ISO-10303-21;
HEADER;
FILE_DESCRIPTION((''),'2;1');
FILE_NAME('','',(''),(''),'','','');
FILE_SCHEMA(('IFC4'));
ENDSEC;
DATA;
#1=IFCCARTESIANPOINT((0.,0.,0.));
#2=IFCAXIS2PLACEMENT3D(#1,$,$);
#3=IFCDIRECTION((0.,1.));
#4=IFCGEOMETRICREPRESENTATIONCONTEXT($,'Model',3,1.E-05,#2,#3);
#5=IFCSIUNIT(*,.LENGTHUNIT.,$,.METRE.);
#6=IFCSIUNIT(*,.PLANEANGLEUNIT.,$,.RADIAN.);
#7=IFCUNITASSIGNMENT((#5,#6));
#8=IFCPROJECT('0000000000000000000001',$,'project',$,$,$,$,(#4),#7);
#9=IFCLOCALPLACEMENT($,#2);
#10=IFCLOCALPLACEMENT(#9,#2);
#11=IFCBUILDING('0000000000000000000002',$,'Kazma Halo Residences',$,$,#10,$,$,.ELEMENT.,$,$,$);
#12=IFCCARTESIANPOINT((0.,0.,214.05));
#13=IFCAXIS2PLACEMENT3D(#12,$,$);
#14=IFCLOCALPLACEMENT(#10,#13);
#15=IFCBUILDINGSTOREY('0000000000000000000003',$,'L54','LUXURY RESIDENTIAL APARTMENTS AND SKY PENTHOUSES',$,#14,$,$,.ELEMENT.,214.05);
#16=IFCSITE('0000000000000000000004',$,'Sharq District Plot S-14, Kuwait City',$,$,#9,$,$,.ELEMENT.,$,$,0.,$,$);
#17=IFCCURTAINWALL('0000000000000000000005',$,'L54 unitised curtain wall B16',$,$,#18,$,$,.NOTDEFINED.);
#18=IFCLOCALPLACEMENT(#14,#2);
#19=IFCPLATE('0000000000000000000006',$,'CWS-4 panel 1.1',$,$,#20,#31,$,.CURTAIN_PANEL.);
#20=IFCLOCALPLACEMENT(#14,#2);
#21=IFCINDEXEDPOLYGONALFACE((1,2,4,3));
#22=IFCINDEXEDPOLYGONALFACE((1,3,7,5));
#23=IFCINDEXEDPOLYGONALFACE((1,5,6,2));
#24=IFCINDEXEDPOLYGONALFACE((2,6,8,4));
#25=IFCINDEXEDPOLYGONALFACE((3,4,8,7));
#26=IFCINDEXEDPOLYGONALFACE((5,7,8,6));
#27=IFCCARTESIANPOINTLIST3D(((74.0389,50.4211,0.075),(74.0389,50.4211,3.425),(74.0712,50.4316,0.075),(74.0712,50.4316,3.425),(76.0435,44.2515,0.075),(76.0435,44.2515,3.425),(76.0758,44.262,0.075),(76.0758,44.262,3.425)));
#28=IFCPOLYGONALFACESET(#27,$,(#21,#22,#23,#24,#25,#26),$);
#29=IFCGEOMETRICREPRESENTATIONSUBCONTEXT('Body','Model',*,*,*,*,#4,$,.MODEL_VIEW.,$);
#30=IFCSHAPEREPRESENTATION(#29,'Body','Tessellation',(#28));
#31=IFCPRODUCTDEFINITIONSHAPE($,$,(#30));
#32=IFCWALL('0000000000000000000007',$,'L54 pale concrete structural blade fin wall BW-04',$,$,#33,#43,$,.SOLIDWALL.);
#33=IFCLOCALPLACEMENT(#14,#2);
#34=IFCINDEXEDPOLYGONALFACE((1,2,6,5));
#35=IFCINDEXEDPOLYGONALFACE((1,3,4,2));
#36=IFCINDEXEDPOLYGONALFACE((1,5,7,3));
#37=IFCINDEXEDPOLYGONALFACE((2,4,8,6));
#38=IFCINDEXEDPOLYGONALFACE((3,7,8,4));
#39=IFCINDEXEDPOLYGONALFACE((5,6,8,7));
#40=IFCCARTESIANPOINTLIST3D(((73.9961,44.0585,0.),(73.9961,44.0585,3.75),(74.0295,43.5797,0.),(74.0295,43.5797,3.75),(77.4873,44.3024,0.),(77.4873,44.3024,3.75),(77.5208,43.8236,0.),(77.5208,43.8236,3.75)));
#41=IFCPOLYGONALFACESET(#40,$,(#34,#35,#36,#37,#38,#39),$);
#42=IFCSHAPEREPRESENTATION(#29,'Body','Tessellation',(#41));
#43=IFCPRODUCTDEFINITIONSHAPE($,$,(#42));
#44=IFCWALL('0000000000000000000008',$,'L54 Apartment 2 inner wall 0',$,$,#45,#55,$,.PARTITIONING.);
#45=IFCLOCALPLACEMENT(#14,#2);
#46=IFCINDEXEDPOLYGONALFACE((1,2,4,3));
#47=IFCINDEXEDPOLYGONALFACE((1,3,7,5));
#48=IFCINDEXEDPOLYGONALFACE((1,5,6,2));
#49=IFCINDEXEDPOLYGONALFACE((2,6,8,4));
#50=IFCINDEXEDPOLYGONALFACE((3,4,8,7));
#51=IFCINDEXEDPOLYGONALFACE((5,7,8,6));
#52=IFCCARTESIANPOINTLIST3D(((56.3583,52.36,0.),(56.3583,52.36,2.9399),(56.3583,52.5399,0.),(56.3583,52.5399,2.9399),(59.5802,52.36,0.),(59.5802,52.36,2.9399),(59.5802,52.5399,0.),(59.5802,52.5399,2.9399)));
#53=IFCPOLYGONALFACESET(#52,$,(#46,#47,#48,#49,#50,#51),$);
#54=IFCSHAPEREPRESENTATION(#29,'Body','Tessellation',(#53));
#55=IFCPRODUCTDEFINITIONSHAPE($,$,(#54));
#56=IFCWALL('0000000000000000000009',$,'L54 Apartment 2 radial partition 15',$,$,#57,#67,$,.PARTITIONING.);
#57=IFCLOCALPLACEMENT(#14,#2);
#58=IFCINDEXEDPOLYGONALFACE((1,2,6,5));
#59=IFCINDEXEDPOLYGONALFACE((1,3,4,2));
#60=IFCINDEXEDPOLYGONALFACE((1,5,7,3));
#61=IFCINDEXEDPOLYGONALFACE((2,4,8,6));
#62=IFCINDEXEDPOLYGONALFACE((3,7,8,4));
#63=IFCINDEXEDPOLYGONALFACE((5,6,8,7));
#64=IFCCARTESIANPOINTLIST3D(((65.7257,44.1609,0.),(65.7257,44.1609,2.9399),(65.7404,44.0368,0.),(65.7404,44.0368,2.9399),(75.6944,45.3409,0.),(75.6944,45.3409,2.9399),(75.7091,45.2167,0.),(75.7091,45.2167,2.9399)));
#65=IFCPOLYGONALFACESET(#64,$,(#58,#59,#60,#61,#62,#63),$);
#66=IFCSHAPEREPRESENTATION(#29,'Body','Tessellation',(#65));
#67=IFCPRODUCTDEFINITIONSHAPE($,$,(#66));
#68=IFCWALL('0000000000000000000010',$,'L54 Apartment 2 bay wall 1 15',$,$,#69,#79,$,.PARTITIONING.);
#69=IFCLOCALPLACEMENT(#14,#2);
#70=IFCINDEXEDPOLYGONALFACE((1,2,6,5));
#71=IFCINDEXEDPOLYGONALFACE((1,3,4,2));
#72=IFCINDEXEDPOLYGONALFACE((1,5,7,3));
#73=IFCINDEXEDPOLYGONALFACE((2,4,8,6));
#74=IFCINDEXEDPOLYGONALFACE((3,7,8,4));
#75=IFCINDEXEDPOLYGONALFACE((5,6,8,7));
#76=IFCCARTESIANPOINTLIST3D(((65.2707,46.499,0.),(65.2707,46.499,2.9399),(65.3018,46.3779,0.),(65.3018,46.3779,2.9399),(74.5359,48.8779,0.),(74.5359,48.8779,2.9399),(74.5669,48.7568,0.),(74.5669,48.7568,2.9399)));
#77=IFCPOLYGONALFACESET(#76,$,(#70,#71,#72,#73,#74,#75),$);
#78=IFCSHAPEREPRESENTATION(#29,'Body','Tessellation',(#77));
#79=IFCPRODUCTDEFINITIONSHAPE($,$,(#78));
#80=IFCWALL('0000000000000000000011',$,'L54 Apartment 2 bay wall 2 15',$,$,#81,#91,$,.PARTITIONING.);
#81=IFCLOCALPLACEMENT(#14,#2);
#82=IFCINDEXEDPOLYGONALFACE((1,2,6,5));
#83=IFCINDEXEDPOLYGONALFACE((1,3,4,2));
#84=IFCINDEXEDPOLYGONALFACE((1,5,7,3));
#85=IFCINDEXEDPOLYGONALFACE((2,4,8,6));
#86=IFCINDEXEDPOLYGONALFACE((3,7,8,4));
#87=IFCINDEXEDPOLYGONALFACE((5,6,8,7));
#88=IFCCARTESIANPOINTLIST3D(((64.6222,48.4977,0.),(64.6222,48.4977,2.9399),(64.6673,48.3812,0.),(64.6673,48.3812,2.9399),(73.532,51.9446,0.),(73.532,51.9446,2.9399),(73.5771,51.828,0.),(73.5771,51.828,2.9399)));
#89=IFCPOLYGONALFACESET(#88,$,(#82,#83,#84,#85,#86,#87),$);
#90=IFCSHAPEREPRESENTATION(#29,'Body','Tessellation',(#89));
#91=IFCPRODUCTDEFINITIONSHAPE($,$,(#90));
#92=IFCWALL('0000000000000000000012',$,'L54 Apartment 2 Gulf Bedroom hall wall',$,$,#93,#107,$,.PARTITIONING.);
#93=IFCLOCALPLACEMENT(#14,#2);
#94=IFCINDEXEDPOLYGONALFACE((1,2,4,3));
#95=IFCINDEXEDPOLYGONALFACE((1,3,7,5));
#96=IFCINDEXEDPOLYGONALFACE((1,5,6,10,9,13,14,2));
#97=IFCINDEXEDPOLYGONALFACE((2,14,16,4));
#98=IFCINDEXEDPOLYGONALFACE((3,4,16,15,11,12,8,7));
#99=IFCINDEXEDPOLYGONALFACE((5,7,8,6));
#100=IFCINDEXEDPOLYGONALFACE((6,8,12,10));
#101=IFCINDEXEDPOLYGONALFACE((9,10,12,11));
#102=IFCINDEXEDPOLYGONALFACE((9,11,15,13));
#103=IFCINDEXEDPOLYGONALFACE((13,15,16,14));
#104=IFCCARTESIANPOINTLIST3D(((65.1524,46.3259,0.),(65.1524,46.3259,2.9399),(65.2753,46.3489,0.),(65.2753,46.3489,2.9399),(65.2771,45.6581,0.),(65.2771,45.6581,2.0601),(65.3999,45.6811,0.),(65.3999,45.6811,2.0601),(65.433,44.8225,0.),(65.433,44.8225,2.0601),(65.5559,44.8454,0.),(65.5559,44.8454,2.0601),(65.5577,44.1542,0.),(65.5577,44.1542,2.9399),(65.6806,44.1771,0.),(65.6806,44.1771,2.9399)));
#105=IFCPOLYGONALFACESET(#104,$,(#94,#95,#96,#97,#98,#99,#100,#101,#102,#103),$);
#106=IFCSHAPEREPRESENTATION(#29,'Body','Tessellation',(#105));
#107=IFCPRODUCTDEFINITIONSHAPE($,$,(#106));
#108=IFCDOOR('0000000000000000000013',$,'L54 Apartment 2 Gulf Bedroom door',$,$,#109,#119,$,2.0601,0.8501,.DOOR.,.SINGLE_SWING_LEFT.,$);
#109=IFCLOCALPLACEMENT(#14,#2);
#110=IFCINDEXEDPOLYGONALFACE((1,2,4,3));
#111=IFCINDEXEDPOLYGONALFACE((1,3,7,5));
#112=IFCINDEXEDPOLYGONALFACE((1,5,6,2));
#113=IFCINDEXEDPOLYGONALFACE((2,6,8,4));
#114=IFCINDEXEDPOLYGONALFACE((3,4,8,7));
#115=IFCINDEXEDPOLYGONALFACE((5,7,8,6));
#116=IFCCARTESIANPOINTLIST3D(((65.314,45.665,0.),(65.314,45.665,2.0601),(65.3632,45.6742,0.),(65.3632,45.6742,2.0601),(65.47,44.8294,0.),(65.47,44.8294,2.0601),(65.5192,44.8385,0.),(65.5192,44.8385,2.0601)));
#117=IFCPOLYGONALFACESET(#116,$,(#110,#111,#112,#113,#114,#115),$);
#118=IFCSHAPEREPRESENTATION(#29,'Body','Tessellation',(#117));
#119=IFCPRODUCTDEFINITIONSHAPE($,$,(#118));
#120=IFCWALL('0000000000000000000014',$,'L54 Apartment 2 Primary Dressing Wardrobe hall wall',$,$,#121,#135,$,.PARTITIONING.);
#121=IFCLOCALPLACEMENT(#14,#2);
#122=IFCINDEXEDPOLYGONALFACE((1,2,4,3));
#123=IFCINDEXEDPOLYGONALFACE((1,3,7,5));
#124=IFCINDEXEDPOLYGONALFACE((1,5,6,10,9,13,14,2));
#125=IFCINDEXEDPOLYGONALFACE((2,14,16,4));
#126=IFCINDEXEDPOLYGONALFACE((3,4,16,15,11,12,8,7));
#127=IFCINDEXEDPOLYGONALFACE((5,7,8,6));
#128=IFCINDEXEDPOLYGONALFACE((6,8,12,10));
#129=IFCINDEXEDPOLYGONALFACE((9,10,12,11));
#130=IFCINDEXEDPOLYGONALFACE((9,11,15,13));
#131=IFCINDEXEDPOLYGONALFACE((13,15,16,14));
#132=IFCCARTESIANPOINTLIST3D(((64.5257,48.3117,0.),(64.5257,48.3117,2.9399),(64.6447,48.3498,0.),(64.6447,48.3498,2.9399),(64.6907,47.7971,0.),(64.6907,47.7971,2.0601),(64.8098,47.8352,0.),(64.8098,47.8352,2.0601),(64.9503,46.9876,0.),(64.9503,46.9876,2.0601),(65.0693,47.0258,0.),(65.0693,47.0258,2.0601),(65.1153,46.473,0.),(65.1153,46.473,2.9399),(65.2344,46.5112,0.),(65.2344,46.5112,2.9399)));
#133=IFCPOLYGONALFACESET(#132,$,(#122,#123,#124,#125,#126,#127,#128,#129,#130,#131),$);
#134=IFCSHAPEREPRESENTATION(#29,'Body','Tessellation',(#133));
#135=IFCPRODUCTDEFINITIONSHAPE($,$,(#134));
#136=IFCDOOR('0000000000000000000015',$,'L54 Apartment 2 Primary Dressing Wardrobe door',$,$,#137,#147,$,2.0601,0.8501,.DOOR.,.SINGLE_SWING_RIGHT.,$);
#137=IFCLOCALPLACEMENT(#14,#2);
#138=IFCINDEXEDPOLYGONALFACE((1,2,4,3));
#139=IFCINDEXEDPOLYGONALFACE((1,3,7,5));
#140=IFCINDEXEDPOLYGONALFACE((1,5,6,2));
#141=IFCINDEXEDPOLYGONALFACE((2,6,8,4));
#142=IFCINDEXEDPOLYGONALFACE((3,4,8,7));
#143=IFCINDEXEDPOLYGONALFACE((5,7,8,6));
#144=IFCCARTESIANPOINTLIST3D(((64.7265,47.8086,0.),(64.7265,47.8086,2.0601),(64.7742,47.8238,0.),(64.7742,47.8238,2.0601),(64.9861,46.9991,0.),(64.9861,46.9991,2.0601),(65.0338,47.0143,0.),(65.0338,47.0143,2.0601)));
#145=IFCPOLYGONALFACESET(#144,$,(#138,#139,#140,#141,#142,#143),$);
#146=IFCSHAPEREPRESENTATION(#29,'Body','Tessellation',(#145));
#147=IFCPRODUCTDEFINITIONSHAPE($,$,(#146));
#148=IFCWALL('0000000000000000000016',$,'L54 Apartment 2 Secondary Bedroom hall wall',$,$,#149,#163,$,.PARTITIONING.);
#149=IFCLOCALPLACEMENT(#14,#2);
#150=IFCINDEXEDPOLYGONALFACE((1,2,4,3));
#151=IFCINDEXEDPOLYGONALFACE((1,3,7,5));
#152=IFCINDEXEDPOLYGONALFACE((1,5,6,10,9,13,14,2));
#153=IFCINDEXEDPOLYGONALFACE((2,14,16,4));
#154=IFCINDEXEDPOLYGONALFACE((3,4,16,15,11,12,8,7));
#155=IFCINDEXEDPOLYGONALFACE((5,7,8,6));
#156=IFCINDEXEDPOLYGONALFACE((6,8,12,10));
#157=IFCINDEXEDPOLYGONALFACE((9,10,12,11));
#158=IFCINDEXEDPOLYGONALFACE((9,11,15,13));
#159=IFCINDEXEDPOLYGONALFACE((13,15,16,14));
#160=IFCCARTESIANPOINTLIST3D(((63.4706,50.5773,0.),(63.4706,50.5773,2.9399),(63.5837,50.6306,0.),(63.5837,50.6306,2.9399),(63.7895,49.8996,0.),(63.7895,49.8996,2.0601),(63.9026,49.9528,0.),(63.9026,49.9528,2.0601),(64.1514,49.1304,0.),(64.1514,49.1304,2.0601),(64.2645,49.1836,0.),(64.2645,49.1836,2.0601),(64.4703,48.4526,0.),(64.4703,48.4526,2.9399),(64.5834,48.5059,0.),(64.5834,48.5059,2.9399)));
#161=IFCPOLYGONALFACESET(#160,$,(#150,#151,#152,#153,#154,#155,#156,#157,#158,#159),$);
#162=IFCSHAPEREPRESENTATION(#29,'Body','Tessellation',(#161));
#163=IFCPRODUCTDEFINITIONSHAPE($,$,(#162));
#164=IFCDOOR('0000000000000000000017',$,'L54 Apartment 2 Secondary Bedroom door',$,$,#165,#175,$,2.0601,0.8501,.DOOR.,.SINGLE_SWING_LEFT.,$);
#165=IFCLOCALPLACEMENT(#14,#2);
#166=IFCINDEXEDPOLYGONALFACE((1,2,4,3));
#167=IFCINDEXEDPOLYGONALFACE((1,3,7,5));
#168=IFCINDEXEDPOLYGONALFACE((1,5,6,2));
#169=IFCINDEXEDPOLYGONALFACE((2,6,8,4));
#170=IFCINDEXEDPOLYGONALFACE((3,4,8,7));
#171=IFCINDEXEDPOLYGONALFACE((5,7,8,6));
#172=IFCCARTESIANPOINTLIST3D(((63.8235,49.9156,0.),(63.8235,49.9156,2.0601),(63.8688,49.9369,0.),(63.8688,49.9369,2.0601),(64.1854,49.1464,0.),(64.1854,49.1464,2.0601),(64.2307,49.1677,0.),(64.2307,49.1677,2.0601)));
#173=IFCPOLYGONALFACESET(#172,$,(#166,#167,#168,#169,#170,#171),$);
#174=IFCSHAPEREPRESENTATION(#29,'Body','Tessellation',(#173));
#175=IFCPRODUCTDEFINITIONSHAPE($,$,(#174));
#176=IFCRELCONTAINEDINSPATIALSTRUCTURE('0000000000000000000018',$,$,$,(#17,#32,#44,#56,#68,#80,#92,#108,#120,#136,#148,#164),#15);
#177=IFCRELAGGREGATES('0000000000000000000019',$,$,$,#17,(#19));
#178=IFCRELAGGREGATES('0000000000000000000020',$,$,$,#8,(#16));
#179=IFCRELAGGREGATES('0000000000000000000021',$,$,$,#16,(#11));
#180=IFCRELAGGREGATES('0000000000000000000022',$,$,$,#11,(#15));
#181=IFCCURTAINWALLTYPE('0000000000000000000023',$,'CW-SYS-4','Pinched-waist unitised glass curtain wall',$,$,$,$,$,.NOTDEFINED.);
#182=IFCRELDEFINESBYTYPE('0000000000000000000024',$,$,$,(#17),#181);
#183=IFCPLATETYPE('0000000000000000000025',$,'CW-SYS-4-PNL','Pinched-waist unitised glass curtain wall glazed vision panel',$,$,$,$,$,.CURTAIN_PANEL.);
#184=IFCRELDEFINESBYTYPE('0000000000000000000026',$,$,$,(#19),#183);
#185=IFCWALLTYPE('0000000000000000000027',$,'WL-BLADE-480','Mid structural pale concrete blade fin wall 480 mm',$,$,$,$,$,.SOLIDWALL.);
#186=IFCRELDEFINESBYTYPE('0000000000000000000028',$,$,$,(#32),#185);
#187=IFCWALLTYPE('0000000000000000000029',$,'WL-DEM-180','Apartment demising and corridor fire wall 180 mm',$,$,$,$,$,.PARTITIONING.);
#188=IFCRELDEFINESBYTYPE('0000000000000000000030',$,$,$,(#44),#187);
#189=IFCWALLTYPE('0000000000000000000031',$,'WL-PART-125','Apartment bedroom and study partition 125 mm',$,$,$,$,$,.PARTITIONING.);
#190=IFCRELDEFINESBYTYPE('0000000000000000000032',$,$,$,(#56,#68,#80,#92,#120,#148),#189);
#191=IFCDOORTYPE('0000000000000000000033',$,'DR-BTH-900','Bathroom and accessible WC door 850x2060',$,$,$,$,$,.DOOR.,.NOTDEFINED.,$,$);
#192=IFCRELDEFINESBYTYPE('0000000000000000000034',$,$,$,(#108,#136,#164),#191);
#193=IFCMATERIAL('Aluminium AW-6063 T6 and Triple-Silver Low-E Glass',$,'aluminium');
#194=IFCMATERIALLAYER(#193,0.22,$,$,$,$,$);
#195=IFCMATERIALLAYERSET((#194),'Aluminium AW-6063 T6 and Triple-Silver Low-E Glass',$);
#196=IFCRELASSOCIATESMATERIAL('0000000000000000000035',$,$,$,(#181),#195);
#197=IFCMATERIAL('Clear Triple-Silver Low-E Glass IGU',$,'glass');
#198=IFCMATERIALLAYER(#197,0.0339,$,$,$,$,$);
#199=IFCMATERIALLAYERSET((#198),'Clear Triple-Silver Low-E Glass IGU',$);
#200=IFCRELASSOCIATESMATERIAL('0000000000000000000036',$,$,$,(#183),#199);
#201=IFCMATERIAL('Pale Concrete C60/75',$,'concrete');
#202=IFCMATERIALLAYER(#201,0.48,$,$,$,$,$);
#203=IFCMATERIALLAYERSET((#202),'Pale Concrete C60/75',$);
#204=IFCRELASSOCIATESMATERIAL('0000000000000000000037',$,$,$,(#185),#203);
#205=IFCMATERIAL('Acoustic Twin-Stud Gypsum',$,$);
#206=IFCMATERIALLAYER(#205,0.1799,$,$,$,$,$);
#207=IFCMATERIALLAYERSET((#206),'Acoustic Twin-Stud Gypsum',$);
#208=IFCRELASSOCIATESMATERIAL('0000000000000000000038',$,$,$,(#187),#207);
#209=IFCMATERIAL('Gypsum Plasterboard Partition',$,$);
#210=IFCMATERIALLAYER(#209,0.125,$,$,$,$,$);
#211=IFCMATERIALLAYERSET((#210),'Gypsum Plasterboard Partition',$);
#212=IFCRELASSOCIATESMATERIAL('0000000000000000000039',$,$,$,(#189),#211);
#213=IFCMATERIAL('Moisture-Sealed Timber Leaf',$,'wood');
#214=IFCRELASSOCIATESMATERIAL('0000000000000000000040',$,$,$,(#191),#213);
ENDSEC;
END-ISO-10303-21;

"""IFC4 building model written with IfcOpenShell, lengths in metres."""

from ifc_helpers import new_model, si_unit, direction, frame, frame_2d, origin, origin_2d, place, context, subcontext, project, spatial, rectangle, extrude, material, layer, layer_set, type_object, element, fill, aggregate, save


model = new_model("IFC4")

# Units and contexts
model_context = context("Model", 3, precision=1e-05, world=origin(), true_north=direction((0.0, 1.0)))
body_context = subcontext(model_context, "Body", "Model", "MODEL_VIEW")
ifc_project = project(units=[si_unit("LENGTHUNIT", "METRE"), si_unit("PLANEANGLEUNIT", "RADIAN")], contexts=[model_context])

# Site, building, storey
site_placement = place(None, origin())
site = spatial("IfcSite", under=ifc_project, at=site_placement, Name="Sharq District Plot S-14, Kuwait City", CompositionType="ELEMENT", RefElevation=0.0)
building_placement = place(site_placement, origin())
building = spatial("IfcBuilding", under=site, at=building_placement, Name="Kazma Halo Residences", CompositionType="ELEMENT")
storey_placement = place(building_placement, frame((0.0, 0.0, 214.05)))
storey = spatial("IfcBuildingStorey", under=building, at=storey_placement, Name="L54", Description="LUXURY RESIDENTIAL APARTMENTS AND SKY PENTHOUSES", CompositionType="ELEMENT", Elevation=214.05)

# Shared definitions
ifc_material_1 = material(Name="Aluminium AW-6063 T6 and Triple-Silver Low-E Glass", Category="aluminium")
ifc_layer_1 = layer(ifc_material_1, 0.22)
ifc_layer_set_1 = layer_set([ifc_layer_1], Name="Aluminium AW-6063 T6 and Triple-Silver Low-E Glass")
curtain_wall_type = type_object("IfcCurtainWallType", Name="CW-SYS-4", Description="Pinched-waist unitised glass curtain wall", PredefinedType="NOTDEFINED", material=ifc_layer_set_1)

# Curtain wall, plate
curtain_wall_1_placement = place(storey_placement, origin())
curtain_wall_1 = element("IfcCurtainWall", 1, at=curtain_wall_1_placement, inside=storey, type_object=curtain_wall_type, Name="L54 unitised curtain wall B16", PredefinedType="NOTDEFINED")
ifc_material_2 = material(Name="Clear Triple-Silver Low-E Glass IGU", Category="glass")
ifc_layer_2 = layer(ifc_material_2, 0.0339)
ifc_layer_set_2 = layer_set([ifc_layer_2], Name="Clear Triple-Silver Low-E Glass IGU")
plate_type = type_object("IfcPlateType", Name="CW-SYS-4-PNL", Description="Pinched-waist unitised glass curtain wall glazed vision panel", PredefinedType="CURTAIN_PANEL", material=ifc_layer_set_2)
plate_placement = place(storey_placement, frame((75.0574, 47.3416, 0.075), z_axis=(0.0, 0.0, 1.0), x_axis=(-0.309016, 0.951057, 0.0)))
plate = element("IfcPlate", 2, at=plate_placement, type_object=plate_type, Name="CWS-4 panel 1.1", PredefinedType="CURTAIN_PANEL", context=body_context, shape_type="SweptSolid", body=[
    extrude(rectangle(XDim=6.4871, YDim=0.0339, at=origin_2d()), origin(), (0.0, 0.0, 1.0), 3.3501),
])
aggregate(curtain_wall_1, [plate])

# Walls
ifc_material_3 = material(Name="Pale Concrete C60/75", Category="concrete")
ifc_layer_3 = layer(ifc_material_3, 0.48)
ifc_layer_set_3 = layer_set([ifc_layer_3], Name="Pale Concrete C60/75")
wall_type_1 = type_object("IfcWallType", Name="WL-BLADE-480", Description="Mid structural pale concrete blade fin wall 480 mm", PredefinedType="SOLIDWALL", material=ifc_layer_set_3)
wall_1_placement = place(storey_placement, frame((74.0127, 43.8191, 0.0), z_axis=(0.0, 0.0, 1.0), x_axis=(0.997569, 0.06969, 0.0)))
element("IfcWall", 3, at=wall_1_placement, inside=storey, type_object=wall_type_1, Name="L54 pale concrete structural blade fin wall BW-04", PredefinedType="SOLIDWALL", context=body_context, shape_type="SweptSolid", body=[
    extrude(rectangle(XDim=3.4998, YDim=0.48, at=frame_2d((1.75, 0.0))), origin(), (0.0, 0.0, 1.0), 3.75),
])
ifc_material_4 = material(Name="Acoustic Twin-Stud Gypsum")
ifc_layer_4 = layer(ifc_material_4, 0.1799)
ifc_layer_set_4 = layer_set([ifc_layer_4], Name="Acoustic Twin-Stud Gypsum")
wall_type_2 = type_object("IfcWallType", Name="WL-DEM-180", Description="Apartment demising and corridor fire wall 180 mm", PredefinedType="PARTITIONING", material=ifc_layer_set_4)
wall_2_placement = place(storey_placement, frame((59.5801, 52.45, 0.0), z_axis=(0.0, 0.0, 1.0), x_axis=(-1.0, 0.0, 0.0)))
element("IfcWall", 4, at=wall_2_placement, inside=storey, type_object=wall_type_2, Name="L54 Apartment 2 inner wall 0", PredefinedType="PARTITIONING", context=body_context, shape_type="SweptSolid", body=[
    extrude(rectangle(XDim=3.2219, YDim=0.1799, at=frame_2d((1.6108, 0.0))), origin(), (0.0, 0.0, 1.0), 2.9399),
])
ifc_material_5 = material(Name="Gypsum Plasterboard Partition")
ifc_layer_5 = layer(ifc_material_5, 0.125)
ifc_layer_set_5 = layer_set([ifc_layer_5], Name="Gypsum Plasterboard Partition")
wall_type_3 = type_object("IfcWallType", Name="WL-PART-125", Description="Apartment bedroom and study partition 125 mm", PredefinedType="PARTITIONING", material=ifc_layer_set_5)
wall_3_placement = place(storey_placement, frame((65.7332, 44.0989, 0.0), z_axis=(0.0, 0.0, 1.0), x_axis=(0.993068, 0.117543, 0.0)))
element("IfcWall", 5, at=wall_3_placement, inside=storey, type_object=wall_type_3, Name="L54 Apartment 2 radial partition 15", PredefinedType="PARTITIONING", context=body_context, shape_type="SweptSolid", body=[
    extrude(rectangle(XDim=10.0383, YDim=0.125, at=frame_2d((5.019, 0.0))), origin(), (0.0, 0.0, 1.0), 2.9399),
])
wall_4_placement = place(storey_placement, frame((65.2864, 46.4385, 0.0), z_axis=(0.0, 0.0, 1.0), x_axis=(0.968583, 0.248692, 0.0)))
element("IfcWall", 6, at=wall_4_placement, inside=storey, type_object=wall_type_3, Name="L54 Apartment 2 bay wall 1 15", PredefinedType="PARTITIONING", context=body_context, shape_type="SweptSolid", body=[
    extrude(rectangle(XDim=9.5657, YDim=0.125, at=frame_2d((4.7827, 0.0))), origin(), (0.0, 0.0, 1.0), 2.9399),
])
wall_5_placement = place(storey_placement, frame((64.6448, 48.4395, 0.0), z_axis=(0.0, 0.0, 1.0), x_axis=(0.932643, 0.360801, 0.0)))
element("IfcWall", 7, at=wall_5_placement, inside=storey, type_object=wall_type_3, Name="L54 Apartment 2 bay wall 2 15", PredefinedType="PARTITIONING", context=body_context, shape_type="SweptSolid", body=[
    extrude(rectangle(XDim=9.5532, YDim=0.125, at=frame_2d((4.7766, 0.0))), origin(), (0.0, 0.0, 1.0), 2.9399),
])

# Walls, openings, doors
wall_6_placement = place(storey_placement, frame((65.6191, 44.1658, 0.0), z_axis=(0.0, 0.0, 1.0), x_axis=(-0.183454, 0.983028, 0.0)))
wall_6 = element("IfcWall", 8, at=wall_6_placement, inside=storey, type_object=wall_type_3, Name="L54 Apartment 2 Gulf Bedroom hall wall", PredefinedType="PARTITIONING", context=body_context, shape_type="SweptSolid", body=[
    extrude(rectangle(XDim=2.2092, YDim=0.125, at=frame_2d((1.1045, 0.0))), origin(), (0.0, 0.0, 1.0), 2.9399),
])
opening_1_placement = place(wall_6_placement, frame((0.6797, 0.0, 0.0)))
opening_1 = element("IfcOpeningElement", 9, at=opening_1_placement, cuts=wall_6, PredefinedType="OPENING", context=body_context, shape_type="SweptSolid", body=[
    extrude(rectangle(XDim=0.8501, YDim=2.0601, at=frame_2d((0.425, 1.03))), frame((0.0, 0.0725, 0.0), z_axis=(0.0, -1.0, 0.0), x_axis=(1.0, 0.0, 0.0)), (0.0, 0.0, 1.0), 0.145),
])
ifc_material_6 = material(Name="Moisture-Sealed Timber Leaf", Category="wood")
door_type = type_object("IfcDoorType", Name="DR-BTH-900", Description="Bathroom and accessible WC door 850x2060", OperationType="NOTDEFINED", PredefinedType="DOOR", material=ifc_material_6)
door_1_placement = place(opening_1_placement, origin())
door_1 = element("IfcDoor", 10, at=door_1_placement, inside=storey, type_object=door_type, Name="L54 Apartment 2 Gulf Bedroom door", OperationType="SINGLE_SWING_LEFT", OverallHeight=2.0601, OverallWidth=0.8501, PredefinedType="DOOR", context=body_context, shape_type="SweptSolid", body=[
    extrude(rectangle(XDim=0.8501, YDim=2.0601, at=frame_2d((0.425, 1.03))), frame((0.0, 0.0249, 0.0), z_axis=(0.0, -1.0, 0.0), x_axis=(1.0, 0.0, 0.0)), (0.0, 0.0, 1.0), 0.05),
])
fill(opening_1, door_1)
wall_7_placement = place(storey_placement, frame((65.1748, 46.4922, 0.0), z_axis=(0.0, 0.0, 1.0), x_axis=(-0.305358, 0.952238, 0.0)))
wall_7 = element("IfcWall", 11, at=wall_7_placement, inside=storey, type_object=wall_type_3, Name="L54 Apartment 2 Primary Dressing Wardrobe hall wall", PredefinedType="PARTITIONING", context=body_context, shape_type="SweptSolid", body=[
    extrude(rectangle(XDim=1.9309, YDim=0.125, at=frame_2d((0.9653, 0.0))), origin(), (0.0, 0.0, 1.0), 2.9399),
])
opening_2_placement = place(wall_7_placement, frame((0.5403, 0.0, 0.0)))
opening_2 = element("IfcOpeningElement", 12, at=opening_2_placement, cuts=wall_7, PredefinedType="OPENING", context=body_context, shape_type="SweptSolid", body=[
    extrude(rectangle(XDim=0.8501, YDim=2.0601, at=frame_2d((0.425, 1.03))), frame((0.0, 0.0725, 0.0), z_axis=(0.0, -1.0, 0.0), x_axis=(1.0, 0.0, 0.0)), (0.0, 0.0, 1.0), 0.145),
])
door_2_placement = place(opening_2_placement, origin())
door_2 = element("IfcDoor", 13, at=door_2_placement, inside=storey, type_object=door_type, Name="L54 Apartment 2 Primary Dressing Wardrobe door", OperationType="SINGLE_SWING_RIGHT", OverallHeight=2.0601, OverallWidth=0.8501, PredefinedType="DOOR", context=body_context, shape_type="SweptSolid", body=[
    extrude(rectangle(XDim=0.8501, YDim=2.0601, at=frame_2d((0.425, 1.03))), frame((0.0, 0.0249, 0.0), z_axis=(0.0, -1.0, 0.0), x_axis=(1.0, 0.0, 0.0)), (0.0, 0.0, 1.0), 0.05),
])
fill(opening_2, door_2)
wall_8_placement = place(storey_placement, frame((64.5269, 48.4792, 0.0), z_axis=(0.0, 0.0, 1.0), x_axis=(-0.425752, 0.90484, 0.0)))
wall_8 = element("IfcWall", 14, at=wall_8_placement, inside=storey, type_object=wall_type_3, Name="L54 Apartment 2 Secondary Bedroom hall wall", PredefinedType="PARTITIONING", context=body_context, shape_type="SweptSolid", body=[
    extrude(rectangle(XDim=2.3481, YDim=0.125, at=frame_2d((1.1741, 0.0))), origin(), (0.0, 0.0, 1.0), 2.9399),
])
opening_3_placement = place(wall_8_placement, frame((0.749, 0.0, 0.0)))
opening_3 = element("IfcOpeningElement", 15, at=opening_3_placement, cuts=wall_8, PredefinedType="OPENING", context=body_context, shape_type="SweptSolid", body=[
    extrude(rectangle(XDim=0.8501, YDim=2.0601, at=frame_2d((0.425, 1.03))), frame((0.0, 0.0725, 0.0), z_axis=(0.0, -1.0, 0.0), x_axis=(1.0, 0.0, 0.0)), (0.0, 0.0, 1.0), 0.145),
])
door_3_placement = place(opening_3_placement, origin())
door_3 = element("IfcDoor", 16, at=door_3_placement, inside=storey, type_object=door_type, Name="L54 Apartment 2 Secondary Bedroom door", OperationType="SINGLE_SWING_LEFT", OverallHeight=2.0601, OverallWidth=0.8501, PredefinedType="DOOR", context=body_context, shape_type="SweptSolid", body=[
    extrude(rectangle(XDim=0.8501, YDim=2.0601, at=frame_2d((0.425, 1.03))), frame((0.0, 0.0249, 0.0), z_axis=(0.0, -1.0, 0.0), x_axis=(1.0, 0.0, 0.0)), (0.0, 0.0, 1.0), 0.05),
])
fill(opening_3, door_3)

save(model, "model.ifc")
